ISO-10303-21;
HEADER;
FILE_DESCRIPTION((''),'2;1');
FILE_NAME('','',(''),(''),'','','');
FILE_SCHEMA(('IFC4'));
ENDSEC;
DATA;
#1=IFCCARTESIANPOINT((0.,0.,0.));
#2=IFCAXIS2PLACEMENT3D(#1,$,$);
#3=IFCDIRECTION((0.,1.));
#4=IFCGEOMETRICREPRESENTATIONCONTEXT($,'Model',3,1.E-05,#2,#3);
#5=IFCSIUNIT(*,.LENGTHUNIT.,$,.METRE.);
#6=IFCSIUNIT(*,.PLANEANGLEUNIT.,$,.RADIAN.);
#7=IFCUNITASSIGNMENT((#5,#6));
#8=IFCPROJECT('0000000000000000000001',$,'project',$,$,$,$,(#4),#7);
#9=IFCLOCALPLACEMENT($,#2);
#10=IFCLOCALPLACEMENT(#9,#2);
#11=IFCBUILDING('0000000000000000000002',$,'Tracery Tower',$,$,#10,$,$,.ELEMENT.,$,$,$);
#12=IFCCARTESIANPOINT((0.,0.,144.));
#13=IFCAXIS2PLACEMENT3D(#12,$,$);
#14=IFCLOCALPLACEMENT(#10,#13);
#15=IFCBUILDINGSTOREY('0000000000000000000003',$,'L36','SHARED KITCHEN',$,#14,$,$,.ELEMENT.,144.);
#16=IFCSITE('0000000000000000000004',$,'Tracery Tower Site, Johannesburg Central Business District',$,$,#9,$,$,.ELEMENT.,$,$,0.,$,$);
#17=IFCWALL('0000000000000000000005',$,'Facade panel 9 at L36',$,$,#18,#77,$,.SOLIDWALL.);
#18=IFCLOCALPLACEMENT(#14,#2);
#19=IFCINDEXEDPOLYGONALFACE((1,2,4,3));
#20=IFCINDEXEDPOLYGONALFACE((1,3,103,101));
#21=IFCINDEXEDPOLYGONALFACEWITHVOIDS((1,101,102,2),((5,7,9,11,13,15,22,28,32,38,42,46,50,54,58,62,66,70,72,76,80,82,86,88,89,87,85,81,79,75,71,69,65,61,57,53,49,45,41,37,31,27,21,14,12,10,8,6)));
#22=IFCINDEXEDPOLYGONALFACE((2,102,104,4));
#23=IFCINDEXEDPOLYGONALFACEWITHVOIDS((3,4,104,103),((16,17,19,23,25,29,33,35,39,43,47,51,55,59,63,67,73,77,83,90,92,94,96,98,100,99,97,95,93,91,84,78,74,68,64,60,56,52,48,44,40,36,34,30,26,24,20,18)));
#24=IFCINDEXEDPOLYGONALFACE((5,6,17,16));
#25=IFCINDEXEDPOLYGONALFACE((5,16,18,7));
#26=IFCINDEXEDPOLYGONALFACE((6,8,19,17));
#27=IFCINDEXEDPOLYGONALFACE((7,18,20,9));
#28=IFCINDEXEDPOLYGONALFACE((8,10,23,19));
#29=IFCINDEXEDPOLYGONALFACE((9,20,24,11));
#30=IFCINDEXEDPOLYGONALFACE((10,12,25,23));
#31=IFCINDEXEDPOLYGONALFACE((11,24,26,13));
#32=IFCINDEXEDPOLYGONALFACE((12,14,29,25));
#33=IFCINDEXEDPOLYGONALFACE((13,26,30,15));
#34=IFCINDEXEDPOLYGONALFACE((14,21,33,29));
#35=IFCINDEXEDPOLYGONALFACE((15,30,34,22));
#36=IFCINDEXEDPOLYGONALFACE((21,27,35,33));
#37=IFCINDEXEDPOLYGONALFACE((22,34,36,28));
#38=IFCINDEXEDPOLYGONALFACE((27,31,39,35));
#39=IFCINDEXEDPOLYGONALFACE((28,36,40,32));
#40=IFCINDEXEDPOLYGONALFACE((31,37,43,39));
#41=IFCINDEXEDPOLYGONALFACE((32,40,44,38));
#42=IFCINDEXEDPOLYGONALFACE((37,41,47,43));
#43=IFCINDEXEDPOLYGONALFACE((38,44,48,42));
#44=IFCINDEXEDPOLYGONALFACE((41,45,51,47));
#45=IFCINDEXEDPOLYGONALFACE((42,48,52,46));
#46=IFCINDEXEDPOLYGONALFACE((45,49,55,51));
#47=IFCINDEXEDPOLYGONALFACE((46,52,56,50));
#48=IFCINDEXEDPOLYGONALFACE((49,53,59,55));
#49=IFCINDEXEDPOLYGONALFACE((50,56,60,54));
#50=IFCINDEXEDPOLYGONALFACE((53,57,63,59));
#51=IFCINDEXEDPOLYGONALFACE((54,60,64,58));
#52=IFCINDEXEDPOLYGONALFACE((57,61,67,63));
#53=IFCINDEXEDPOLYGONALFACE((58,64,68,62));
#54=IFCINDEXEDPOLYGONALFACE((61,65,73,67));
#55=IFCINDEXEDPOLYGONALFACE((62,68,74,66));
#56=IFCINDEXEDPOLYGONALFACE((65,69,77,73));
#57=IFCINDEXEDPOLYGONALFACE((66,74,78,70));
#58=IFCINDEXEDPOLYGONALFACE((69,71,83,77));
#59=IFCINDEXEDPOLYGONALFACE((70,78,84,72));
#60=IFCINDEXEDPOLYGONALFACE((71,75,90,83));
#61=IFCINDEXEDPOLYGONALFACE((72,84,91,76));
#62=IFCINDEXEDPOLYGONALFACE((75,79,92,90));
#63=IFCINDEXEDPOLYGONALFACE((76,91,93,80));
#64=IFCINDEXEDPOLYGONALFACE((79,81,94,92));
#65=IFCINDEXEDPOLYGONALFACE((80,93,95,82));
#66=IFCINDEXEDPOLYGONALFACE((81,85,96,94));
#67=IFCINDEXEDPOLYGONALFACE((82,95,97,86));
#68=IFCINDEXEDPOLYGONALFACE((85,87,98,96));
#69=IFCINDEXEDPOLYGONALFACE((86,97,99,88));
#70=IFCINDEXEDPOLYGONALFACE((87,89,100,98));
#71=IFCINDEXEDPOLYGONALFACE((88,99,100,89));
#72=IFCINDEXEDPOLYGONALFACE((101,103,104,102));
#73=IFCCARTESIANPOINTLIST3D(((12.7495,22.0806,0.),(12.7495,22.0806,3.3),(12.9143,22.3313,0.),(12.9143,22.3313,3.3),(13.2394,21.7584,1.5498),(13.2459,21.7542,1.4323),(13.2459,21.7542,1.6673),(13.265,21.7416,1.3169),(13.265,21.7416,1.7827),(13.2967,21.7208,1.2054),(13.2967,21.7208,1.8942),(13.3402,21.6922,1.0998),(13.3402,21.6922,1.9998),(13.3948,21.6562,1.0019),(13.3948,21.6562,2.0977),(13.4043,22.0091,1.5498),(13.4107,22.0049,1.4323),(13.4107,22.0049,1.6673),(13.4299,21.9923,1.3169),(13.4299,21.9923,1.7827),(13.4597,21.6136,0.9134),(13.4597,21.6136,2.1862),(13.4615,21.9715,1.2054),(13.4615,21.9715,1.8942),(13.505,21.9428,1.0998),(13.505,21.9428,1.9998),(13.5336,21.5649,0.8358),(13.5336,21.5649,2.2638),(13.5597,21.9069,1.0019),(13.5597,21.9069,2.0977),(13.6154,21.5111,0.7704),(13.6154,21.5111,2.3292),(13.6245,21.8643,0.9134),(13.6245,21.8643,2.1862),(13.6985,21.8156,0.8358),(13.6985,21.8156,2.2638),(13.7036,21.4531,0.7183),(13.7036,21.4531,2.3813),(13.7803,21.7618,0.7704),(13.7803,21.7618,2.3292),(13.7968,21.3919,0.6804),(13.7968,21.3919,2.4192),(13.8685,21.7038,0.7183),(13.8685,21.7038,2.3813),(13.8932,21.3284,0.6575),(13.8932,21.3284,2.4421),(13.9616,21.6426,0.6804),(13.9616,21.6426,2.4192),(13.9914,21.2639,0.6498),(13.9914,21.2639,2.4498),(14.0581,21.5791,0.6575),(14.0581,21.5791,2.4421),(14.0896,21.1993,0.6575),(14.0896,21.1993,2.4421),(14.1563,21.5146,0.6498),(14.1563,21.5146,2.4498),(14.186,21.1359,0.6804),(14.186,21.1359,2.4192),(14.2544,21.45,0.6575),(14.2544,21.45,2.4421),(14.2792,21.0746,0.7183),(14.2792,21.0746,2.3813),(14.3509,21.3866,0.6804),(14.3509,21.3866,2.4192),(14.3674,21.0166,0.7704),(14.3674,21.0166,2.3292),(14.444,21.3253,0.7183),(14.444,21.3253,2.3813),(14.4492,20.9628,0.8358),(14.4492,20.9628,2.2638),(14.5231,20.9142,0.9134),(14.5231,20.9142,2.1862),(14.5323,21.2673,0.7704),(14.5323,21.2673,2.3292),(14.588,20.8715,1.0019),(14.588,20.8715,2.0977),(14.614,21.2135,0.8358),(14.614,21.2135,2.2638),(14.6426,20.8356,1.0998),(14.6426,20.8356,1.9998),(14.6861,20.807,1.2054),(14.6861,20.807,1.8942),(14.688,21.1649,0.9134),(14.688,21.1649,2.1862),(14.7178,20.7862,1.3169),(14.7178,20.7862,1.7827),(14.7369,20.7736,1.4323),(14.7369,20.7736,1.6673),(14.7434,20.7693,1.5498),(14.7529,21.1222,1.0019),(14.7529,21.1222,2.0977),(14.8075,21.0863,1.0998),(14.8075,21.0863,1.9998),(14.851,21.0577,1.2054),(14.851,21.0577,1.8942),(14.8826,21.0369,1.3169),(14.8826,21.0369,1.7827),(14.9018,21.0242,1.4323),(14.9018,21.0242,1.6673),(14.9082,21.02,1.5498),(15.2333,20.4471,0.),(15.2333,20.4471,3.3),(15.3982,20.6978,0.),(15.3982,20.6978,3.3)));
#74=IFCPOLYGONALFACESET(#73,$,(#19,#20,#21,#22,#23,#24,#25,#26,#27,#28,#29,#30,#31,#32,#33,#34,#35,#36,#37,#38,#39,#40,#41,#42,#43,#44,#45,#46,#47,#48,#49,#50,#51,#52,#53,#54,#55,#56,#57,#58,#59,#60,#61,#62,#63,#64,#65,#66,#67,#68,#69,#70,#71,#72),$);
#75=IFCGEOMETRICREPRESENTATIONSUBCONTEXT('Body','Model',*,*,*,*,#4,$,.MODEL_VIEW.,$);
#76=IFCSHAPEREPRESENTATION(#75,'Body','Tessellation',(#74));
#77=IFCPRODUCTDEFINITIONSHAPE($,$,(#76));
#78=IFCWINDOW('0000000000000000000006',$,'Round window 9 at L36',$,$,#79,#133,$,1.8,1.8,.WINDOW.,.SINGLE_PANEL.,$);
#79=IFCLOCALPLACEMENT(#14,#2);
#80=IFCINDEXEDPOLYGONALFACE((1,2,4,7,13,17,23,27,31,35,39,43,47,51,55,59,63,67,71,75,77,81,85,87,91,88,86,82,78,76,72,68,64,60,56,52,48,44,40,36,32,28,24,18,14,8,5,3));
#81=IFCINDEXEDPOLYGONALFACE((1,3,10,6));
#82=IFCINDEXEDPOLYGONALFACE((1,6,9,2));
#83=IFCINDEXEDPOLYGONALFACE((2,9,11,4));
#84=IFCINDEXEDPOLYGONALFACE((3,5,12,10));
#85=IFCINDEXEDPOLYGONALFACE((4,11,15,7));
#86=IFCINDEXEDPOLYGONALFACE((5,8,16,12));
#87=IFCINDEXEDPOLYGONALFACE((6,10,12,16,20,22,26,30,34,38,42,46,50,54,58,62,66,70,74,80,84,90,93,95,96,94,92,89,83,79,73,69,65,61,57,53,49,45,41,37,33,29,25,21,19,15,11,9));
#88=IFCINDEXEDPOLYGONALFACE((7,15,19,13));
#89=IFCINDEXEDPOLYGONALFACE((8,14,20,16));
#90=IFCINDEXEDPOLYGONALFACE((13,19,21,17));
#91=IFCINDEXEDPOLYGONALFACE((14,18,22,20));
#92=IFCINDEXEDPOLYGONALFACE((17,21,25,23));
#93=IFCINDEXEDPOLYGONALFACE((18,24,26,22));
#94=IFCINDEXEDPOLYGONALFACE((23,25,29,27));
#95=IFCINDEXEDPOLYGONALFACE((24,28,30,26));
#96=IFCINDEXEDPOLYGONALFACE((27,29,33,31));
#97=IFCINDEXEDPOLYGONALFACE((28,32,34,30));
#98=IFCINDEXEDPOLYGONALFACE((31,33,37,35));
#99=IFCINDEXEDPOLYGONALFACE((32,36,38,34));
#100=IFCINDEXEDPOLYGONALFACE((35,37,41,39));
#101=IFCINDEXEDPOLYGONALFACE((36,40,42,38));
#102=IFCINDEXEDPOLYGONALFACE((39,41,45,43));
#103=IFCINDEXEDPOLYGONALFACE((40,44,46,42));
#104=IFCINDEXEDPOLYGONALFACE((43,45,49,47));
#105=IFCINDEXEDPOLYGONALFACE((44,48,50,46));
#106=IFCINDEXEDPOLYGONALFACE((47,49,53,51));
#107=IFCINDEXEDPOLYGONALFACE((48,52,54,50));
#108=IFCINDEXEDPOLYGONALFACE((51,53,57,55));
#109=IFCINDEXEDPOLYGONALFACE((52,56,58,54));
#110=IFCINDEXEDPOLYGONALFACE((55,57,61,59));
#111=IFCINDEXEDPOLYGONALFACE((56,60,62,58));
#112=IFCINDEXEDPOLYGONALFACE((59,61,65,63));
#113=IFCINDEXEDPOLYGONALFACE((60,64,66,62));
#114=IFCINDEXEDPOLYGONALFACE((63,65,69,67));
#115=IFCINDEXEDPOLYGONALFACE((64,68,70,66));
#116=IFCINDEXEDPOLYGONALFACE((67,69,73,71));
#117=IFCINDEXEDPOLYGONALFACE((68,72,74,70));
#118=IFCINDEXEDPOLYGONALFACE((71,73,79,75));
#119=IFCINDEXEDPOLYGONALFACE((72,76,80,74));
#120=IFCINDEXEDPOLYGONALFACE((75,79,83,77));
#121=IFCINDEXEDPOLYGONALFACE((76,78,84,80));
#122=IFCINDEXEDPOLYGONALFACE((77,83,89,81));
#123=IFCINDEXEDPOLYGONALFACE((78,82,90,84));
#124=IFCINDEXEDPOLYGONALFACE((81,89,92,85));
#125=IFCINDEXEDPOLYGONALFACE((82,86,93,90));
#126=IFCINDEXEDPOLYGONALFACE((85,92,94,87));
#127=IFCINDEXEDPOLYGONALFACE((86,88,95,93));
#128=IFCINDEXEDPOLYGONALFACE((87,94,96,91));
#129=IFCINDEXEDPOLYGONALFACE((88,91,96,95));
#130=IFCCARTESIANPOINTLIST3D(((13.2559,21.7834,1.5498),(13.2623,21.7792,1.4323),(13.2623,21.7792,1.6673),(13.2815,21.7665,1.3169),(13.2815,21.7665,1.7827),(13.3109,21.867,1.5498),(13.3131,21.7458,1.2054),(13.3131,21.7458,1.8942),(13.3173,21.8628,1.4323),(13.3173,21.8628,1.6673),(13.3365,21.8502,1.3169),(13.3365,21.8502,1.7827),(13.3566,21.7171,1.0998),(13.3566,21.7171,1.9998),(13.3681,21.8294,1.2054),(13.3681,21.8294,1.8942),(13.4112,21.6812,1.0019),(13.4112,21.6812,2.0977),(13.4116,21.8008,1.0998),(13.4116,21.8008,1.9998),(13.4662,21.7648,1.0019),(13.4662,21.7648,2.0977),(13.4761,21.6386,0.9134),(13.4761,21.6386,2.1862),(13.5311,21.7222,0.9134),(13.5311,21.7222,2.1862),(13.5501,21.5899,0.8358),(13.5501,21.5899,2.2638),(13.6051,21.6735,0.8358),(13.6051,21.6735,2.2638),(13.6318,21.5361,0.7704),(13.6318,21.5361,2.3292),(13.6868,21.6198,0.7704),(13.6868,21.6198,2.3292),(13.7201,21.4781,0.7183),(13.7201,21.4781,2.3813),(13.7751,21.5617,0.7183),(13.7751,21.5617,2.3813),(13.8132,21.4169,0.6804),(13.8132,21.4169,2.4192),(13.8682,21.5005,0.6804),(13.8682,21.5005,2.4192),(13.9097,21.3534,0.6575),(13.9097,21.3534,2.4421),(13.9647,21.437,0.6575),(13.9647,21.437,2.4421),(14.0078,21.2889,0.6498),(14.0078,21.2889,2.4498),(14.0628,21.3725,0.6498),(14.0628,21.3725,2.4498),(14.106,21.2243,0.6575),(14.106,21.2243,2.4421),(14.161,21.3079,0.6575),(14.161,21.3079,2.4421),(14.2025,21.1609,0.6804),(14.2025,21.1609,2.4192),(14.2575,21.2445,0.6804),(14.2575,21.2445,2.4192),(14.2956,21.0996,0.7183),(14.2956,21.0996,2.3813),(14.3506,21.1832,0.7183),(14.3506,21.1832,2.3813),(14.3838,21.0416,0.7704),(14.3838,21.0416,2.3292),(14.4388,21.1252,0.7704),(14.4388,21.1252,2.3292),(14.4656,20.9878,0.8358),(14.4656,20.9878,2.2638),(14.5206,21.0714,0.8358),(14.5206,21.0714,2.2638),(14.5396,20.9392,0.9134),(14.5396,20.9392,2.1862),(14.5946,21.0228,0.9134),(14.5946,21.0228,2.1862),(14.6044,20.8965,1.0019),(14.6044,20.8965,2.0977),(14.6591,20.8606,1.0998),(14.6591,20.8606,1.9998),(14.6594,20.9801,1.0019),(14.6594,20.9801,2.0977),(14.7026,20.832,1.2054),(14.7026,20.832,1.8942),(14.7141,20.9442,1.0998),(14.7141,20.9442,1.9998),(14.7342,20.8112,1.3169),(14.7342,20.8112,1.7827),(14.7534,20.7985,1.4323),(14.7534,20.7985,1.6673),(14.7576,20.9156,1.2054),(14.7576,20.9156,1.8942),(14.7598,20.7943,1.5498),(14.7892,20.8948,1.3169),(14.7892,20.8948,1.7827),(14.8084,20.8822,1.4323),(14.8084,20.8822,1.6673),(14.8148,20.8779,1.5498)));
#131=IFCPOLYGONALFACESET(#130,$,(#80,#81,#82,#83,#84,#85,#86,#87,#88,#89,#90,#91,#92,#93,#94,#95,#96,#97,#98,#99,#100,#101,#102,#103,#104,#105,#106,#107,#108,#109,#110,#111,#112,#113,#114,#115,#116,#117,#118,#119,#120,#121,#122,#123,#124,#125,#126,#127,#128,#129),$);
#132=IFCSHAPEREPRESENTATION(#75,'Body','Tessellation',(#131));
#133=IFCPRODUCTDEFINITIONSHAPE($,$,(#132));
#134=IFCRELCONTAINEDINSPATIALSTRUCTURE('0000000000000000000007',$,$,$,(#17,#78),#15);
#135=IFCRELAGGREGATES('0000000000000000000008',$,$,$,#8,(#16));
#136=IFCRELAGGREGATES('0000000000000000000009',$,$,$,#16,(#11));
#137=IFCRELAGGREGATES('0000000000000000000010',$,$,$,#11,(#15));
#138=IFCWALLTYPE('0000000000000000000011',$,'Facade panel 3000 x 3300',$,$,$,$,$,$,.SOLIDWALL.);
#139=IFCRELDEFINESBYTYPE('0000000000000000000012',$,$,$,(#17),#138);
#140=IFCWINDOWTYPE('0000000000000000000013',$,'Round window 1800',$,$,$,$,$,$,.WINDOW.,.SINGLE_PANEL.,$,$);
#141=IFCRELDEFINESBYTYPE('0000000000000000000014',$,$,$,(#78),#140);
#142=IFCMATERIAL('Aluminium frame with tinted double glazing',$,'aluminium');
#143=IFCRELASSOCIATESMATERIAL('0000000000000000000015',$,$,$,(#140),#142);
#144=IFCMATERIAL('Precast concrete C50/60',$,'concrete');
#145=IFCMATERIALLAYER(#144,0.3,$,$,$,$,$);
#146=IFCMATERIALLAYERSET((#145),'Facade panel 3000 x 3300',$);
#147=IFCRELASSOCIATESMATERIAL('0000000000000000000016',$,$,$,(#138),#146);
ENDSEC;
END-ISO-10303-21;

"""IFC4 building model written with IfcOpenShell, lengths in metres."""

from ifc_helpers import new_model, si_unit, direction, frame, frame_2d, origin, origin_2d, place, context, subcontext, project, spatial, rectangle, circle, extrude, material, layer, layer_set, type_object, element, fill, save


model = new_model("IFC4")

# Units and contexts
model_context = context("Model", 3, precision=1e-05, world=origin(), true_north=direction((0.0, 1.0)))
body_context = subcontext(model_context, "Body", "Model", "MODEL_VIEW")
ifc_project = project(units=[si_unit("LENGTHUNIT", "METRE"), si_unit("PLANEANGLEUNIT", "RADIAN")], contexts=[model_context])

# Site, building, storey
site_placement = place(None, origin())
site = spatial("IfcSite", under=ifc_project, at=site_placement, Name="Tracery Tower Site, Johannesburg Central Business District", CompositionType="ELEMENT", RefElevation=0.0)
building_placement = place(site_placement, origin())
building = spatial("IfcBuilding", under=site, at=building_placement, Name="Tracery Tower", CompositionType="ELEMENT")
storey_placement = place(building_placement, frame((0.0, 0.0, 144.0)))
storey = spatial("IfcBuildingStorey", under=building, at=storey_placement, Name="L36", Description="SHARED KITCHEN", CompositionType="ELEMENT", Elevation=144.0)

# Wall, opening, window
ifc_material_1 = material(Name="Aluminium frame with tinted double glazing", Category="aluminium")
window_type = type_object("IfcWindowType", Name="Round window 1800", PartitioningType="SINGLE_PANEL", PredefinedType="WINDOW", material=ifc_material_1)
ifc_material_2 = material(Name="Precast concrete C50/60", Category="concrete")
ifc_layer_1 = layer(ifc_material_2, 0.3)
ifc_layer_set_1 = layer_set([ifc_layer_1], Name="Facade panel 3000 x 3300")
wall_type_1 = type_object("IfcWallType", Name="Facade panel 3000 x 3300", PredefinedType="SOLIDWALL", material=ifc_layer_set_1)
wall_1_placement = place(storey_placement, frame((15.3157, 20.5725, 0.0), z_axis=(0.0, 0.0, 1.0), x_axis=(-0.835508, 0.549478, 0.0)))
wall_1 = element("IfcWall", 1, at=wall_1_placement, inside=storey, type_object=wall_type_1, Name="Facade panel 9 at L36", PredefinedType="SOLIDWALL", context=body_context, shape_type="SweptSolid", body=[
    extrude(rectangle(XDim=2.9729, YDim=0.3, at=frame_2d((1.4863, 0.0))), origin(), (0.0, 0.0, 1.0), 3.3),
])
opening_1_placement = place(wall_1_placement, frame((1.4863, 0.0, 1.5498)))
opening_1 = element("IfcOpeningElement", 2, at=opening_1_placement, cuts=wall_1, PredefinedType="OPENING", context=body_context, shape_type="SweptSolid", body=[
    extrude(circle(Radius=0.9, at=origin_2d()), frame((0.0, 0.1599, 0.0), z_axis=(0.0, -1.0, 0.0), x_axis=(1.0, 0.0, 0.0)), (0.0, 0.0, 1.0), 0.3201),
])
window_1_placement = place(opening_1_placement, origin())
window_1 = element("IfcWindow", 3, at=window_1_placement, inside=storey, type_object=window_type, Name="Round window 9 at L36", OverallHeight=1.8, OverallWidth=1.8, PartitioningType="SINGLE_PANEL", PredefinedType="WINDOW", context=body_context, shape_type="SweptSolid", body=[
    extrude(circle(Radius=0.9, at=origin_2d()), frame((0.0, 0.1201, 0.0), z_axis=(0.0, -1.0, 0.0), x_axis=(1.0, 0.0, 0.0)), (0.0, 0.0, 1.0), 0.1001),
])
fill(opening_1, window_1)

save(model, "model.ifc")
